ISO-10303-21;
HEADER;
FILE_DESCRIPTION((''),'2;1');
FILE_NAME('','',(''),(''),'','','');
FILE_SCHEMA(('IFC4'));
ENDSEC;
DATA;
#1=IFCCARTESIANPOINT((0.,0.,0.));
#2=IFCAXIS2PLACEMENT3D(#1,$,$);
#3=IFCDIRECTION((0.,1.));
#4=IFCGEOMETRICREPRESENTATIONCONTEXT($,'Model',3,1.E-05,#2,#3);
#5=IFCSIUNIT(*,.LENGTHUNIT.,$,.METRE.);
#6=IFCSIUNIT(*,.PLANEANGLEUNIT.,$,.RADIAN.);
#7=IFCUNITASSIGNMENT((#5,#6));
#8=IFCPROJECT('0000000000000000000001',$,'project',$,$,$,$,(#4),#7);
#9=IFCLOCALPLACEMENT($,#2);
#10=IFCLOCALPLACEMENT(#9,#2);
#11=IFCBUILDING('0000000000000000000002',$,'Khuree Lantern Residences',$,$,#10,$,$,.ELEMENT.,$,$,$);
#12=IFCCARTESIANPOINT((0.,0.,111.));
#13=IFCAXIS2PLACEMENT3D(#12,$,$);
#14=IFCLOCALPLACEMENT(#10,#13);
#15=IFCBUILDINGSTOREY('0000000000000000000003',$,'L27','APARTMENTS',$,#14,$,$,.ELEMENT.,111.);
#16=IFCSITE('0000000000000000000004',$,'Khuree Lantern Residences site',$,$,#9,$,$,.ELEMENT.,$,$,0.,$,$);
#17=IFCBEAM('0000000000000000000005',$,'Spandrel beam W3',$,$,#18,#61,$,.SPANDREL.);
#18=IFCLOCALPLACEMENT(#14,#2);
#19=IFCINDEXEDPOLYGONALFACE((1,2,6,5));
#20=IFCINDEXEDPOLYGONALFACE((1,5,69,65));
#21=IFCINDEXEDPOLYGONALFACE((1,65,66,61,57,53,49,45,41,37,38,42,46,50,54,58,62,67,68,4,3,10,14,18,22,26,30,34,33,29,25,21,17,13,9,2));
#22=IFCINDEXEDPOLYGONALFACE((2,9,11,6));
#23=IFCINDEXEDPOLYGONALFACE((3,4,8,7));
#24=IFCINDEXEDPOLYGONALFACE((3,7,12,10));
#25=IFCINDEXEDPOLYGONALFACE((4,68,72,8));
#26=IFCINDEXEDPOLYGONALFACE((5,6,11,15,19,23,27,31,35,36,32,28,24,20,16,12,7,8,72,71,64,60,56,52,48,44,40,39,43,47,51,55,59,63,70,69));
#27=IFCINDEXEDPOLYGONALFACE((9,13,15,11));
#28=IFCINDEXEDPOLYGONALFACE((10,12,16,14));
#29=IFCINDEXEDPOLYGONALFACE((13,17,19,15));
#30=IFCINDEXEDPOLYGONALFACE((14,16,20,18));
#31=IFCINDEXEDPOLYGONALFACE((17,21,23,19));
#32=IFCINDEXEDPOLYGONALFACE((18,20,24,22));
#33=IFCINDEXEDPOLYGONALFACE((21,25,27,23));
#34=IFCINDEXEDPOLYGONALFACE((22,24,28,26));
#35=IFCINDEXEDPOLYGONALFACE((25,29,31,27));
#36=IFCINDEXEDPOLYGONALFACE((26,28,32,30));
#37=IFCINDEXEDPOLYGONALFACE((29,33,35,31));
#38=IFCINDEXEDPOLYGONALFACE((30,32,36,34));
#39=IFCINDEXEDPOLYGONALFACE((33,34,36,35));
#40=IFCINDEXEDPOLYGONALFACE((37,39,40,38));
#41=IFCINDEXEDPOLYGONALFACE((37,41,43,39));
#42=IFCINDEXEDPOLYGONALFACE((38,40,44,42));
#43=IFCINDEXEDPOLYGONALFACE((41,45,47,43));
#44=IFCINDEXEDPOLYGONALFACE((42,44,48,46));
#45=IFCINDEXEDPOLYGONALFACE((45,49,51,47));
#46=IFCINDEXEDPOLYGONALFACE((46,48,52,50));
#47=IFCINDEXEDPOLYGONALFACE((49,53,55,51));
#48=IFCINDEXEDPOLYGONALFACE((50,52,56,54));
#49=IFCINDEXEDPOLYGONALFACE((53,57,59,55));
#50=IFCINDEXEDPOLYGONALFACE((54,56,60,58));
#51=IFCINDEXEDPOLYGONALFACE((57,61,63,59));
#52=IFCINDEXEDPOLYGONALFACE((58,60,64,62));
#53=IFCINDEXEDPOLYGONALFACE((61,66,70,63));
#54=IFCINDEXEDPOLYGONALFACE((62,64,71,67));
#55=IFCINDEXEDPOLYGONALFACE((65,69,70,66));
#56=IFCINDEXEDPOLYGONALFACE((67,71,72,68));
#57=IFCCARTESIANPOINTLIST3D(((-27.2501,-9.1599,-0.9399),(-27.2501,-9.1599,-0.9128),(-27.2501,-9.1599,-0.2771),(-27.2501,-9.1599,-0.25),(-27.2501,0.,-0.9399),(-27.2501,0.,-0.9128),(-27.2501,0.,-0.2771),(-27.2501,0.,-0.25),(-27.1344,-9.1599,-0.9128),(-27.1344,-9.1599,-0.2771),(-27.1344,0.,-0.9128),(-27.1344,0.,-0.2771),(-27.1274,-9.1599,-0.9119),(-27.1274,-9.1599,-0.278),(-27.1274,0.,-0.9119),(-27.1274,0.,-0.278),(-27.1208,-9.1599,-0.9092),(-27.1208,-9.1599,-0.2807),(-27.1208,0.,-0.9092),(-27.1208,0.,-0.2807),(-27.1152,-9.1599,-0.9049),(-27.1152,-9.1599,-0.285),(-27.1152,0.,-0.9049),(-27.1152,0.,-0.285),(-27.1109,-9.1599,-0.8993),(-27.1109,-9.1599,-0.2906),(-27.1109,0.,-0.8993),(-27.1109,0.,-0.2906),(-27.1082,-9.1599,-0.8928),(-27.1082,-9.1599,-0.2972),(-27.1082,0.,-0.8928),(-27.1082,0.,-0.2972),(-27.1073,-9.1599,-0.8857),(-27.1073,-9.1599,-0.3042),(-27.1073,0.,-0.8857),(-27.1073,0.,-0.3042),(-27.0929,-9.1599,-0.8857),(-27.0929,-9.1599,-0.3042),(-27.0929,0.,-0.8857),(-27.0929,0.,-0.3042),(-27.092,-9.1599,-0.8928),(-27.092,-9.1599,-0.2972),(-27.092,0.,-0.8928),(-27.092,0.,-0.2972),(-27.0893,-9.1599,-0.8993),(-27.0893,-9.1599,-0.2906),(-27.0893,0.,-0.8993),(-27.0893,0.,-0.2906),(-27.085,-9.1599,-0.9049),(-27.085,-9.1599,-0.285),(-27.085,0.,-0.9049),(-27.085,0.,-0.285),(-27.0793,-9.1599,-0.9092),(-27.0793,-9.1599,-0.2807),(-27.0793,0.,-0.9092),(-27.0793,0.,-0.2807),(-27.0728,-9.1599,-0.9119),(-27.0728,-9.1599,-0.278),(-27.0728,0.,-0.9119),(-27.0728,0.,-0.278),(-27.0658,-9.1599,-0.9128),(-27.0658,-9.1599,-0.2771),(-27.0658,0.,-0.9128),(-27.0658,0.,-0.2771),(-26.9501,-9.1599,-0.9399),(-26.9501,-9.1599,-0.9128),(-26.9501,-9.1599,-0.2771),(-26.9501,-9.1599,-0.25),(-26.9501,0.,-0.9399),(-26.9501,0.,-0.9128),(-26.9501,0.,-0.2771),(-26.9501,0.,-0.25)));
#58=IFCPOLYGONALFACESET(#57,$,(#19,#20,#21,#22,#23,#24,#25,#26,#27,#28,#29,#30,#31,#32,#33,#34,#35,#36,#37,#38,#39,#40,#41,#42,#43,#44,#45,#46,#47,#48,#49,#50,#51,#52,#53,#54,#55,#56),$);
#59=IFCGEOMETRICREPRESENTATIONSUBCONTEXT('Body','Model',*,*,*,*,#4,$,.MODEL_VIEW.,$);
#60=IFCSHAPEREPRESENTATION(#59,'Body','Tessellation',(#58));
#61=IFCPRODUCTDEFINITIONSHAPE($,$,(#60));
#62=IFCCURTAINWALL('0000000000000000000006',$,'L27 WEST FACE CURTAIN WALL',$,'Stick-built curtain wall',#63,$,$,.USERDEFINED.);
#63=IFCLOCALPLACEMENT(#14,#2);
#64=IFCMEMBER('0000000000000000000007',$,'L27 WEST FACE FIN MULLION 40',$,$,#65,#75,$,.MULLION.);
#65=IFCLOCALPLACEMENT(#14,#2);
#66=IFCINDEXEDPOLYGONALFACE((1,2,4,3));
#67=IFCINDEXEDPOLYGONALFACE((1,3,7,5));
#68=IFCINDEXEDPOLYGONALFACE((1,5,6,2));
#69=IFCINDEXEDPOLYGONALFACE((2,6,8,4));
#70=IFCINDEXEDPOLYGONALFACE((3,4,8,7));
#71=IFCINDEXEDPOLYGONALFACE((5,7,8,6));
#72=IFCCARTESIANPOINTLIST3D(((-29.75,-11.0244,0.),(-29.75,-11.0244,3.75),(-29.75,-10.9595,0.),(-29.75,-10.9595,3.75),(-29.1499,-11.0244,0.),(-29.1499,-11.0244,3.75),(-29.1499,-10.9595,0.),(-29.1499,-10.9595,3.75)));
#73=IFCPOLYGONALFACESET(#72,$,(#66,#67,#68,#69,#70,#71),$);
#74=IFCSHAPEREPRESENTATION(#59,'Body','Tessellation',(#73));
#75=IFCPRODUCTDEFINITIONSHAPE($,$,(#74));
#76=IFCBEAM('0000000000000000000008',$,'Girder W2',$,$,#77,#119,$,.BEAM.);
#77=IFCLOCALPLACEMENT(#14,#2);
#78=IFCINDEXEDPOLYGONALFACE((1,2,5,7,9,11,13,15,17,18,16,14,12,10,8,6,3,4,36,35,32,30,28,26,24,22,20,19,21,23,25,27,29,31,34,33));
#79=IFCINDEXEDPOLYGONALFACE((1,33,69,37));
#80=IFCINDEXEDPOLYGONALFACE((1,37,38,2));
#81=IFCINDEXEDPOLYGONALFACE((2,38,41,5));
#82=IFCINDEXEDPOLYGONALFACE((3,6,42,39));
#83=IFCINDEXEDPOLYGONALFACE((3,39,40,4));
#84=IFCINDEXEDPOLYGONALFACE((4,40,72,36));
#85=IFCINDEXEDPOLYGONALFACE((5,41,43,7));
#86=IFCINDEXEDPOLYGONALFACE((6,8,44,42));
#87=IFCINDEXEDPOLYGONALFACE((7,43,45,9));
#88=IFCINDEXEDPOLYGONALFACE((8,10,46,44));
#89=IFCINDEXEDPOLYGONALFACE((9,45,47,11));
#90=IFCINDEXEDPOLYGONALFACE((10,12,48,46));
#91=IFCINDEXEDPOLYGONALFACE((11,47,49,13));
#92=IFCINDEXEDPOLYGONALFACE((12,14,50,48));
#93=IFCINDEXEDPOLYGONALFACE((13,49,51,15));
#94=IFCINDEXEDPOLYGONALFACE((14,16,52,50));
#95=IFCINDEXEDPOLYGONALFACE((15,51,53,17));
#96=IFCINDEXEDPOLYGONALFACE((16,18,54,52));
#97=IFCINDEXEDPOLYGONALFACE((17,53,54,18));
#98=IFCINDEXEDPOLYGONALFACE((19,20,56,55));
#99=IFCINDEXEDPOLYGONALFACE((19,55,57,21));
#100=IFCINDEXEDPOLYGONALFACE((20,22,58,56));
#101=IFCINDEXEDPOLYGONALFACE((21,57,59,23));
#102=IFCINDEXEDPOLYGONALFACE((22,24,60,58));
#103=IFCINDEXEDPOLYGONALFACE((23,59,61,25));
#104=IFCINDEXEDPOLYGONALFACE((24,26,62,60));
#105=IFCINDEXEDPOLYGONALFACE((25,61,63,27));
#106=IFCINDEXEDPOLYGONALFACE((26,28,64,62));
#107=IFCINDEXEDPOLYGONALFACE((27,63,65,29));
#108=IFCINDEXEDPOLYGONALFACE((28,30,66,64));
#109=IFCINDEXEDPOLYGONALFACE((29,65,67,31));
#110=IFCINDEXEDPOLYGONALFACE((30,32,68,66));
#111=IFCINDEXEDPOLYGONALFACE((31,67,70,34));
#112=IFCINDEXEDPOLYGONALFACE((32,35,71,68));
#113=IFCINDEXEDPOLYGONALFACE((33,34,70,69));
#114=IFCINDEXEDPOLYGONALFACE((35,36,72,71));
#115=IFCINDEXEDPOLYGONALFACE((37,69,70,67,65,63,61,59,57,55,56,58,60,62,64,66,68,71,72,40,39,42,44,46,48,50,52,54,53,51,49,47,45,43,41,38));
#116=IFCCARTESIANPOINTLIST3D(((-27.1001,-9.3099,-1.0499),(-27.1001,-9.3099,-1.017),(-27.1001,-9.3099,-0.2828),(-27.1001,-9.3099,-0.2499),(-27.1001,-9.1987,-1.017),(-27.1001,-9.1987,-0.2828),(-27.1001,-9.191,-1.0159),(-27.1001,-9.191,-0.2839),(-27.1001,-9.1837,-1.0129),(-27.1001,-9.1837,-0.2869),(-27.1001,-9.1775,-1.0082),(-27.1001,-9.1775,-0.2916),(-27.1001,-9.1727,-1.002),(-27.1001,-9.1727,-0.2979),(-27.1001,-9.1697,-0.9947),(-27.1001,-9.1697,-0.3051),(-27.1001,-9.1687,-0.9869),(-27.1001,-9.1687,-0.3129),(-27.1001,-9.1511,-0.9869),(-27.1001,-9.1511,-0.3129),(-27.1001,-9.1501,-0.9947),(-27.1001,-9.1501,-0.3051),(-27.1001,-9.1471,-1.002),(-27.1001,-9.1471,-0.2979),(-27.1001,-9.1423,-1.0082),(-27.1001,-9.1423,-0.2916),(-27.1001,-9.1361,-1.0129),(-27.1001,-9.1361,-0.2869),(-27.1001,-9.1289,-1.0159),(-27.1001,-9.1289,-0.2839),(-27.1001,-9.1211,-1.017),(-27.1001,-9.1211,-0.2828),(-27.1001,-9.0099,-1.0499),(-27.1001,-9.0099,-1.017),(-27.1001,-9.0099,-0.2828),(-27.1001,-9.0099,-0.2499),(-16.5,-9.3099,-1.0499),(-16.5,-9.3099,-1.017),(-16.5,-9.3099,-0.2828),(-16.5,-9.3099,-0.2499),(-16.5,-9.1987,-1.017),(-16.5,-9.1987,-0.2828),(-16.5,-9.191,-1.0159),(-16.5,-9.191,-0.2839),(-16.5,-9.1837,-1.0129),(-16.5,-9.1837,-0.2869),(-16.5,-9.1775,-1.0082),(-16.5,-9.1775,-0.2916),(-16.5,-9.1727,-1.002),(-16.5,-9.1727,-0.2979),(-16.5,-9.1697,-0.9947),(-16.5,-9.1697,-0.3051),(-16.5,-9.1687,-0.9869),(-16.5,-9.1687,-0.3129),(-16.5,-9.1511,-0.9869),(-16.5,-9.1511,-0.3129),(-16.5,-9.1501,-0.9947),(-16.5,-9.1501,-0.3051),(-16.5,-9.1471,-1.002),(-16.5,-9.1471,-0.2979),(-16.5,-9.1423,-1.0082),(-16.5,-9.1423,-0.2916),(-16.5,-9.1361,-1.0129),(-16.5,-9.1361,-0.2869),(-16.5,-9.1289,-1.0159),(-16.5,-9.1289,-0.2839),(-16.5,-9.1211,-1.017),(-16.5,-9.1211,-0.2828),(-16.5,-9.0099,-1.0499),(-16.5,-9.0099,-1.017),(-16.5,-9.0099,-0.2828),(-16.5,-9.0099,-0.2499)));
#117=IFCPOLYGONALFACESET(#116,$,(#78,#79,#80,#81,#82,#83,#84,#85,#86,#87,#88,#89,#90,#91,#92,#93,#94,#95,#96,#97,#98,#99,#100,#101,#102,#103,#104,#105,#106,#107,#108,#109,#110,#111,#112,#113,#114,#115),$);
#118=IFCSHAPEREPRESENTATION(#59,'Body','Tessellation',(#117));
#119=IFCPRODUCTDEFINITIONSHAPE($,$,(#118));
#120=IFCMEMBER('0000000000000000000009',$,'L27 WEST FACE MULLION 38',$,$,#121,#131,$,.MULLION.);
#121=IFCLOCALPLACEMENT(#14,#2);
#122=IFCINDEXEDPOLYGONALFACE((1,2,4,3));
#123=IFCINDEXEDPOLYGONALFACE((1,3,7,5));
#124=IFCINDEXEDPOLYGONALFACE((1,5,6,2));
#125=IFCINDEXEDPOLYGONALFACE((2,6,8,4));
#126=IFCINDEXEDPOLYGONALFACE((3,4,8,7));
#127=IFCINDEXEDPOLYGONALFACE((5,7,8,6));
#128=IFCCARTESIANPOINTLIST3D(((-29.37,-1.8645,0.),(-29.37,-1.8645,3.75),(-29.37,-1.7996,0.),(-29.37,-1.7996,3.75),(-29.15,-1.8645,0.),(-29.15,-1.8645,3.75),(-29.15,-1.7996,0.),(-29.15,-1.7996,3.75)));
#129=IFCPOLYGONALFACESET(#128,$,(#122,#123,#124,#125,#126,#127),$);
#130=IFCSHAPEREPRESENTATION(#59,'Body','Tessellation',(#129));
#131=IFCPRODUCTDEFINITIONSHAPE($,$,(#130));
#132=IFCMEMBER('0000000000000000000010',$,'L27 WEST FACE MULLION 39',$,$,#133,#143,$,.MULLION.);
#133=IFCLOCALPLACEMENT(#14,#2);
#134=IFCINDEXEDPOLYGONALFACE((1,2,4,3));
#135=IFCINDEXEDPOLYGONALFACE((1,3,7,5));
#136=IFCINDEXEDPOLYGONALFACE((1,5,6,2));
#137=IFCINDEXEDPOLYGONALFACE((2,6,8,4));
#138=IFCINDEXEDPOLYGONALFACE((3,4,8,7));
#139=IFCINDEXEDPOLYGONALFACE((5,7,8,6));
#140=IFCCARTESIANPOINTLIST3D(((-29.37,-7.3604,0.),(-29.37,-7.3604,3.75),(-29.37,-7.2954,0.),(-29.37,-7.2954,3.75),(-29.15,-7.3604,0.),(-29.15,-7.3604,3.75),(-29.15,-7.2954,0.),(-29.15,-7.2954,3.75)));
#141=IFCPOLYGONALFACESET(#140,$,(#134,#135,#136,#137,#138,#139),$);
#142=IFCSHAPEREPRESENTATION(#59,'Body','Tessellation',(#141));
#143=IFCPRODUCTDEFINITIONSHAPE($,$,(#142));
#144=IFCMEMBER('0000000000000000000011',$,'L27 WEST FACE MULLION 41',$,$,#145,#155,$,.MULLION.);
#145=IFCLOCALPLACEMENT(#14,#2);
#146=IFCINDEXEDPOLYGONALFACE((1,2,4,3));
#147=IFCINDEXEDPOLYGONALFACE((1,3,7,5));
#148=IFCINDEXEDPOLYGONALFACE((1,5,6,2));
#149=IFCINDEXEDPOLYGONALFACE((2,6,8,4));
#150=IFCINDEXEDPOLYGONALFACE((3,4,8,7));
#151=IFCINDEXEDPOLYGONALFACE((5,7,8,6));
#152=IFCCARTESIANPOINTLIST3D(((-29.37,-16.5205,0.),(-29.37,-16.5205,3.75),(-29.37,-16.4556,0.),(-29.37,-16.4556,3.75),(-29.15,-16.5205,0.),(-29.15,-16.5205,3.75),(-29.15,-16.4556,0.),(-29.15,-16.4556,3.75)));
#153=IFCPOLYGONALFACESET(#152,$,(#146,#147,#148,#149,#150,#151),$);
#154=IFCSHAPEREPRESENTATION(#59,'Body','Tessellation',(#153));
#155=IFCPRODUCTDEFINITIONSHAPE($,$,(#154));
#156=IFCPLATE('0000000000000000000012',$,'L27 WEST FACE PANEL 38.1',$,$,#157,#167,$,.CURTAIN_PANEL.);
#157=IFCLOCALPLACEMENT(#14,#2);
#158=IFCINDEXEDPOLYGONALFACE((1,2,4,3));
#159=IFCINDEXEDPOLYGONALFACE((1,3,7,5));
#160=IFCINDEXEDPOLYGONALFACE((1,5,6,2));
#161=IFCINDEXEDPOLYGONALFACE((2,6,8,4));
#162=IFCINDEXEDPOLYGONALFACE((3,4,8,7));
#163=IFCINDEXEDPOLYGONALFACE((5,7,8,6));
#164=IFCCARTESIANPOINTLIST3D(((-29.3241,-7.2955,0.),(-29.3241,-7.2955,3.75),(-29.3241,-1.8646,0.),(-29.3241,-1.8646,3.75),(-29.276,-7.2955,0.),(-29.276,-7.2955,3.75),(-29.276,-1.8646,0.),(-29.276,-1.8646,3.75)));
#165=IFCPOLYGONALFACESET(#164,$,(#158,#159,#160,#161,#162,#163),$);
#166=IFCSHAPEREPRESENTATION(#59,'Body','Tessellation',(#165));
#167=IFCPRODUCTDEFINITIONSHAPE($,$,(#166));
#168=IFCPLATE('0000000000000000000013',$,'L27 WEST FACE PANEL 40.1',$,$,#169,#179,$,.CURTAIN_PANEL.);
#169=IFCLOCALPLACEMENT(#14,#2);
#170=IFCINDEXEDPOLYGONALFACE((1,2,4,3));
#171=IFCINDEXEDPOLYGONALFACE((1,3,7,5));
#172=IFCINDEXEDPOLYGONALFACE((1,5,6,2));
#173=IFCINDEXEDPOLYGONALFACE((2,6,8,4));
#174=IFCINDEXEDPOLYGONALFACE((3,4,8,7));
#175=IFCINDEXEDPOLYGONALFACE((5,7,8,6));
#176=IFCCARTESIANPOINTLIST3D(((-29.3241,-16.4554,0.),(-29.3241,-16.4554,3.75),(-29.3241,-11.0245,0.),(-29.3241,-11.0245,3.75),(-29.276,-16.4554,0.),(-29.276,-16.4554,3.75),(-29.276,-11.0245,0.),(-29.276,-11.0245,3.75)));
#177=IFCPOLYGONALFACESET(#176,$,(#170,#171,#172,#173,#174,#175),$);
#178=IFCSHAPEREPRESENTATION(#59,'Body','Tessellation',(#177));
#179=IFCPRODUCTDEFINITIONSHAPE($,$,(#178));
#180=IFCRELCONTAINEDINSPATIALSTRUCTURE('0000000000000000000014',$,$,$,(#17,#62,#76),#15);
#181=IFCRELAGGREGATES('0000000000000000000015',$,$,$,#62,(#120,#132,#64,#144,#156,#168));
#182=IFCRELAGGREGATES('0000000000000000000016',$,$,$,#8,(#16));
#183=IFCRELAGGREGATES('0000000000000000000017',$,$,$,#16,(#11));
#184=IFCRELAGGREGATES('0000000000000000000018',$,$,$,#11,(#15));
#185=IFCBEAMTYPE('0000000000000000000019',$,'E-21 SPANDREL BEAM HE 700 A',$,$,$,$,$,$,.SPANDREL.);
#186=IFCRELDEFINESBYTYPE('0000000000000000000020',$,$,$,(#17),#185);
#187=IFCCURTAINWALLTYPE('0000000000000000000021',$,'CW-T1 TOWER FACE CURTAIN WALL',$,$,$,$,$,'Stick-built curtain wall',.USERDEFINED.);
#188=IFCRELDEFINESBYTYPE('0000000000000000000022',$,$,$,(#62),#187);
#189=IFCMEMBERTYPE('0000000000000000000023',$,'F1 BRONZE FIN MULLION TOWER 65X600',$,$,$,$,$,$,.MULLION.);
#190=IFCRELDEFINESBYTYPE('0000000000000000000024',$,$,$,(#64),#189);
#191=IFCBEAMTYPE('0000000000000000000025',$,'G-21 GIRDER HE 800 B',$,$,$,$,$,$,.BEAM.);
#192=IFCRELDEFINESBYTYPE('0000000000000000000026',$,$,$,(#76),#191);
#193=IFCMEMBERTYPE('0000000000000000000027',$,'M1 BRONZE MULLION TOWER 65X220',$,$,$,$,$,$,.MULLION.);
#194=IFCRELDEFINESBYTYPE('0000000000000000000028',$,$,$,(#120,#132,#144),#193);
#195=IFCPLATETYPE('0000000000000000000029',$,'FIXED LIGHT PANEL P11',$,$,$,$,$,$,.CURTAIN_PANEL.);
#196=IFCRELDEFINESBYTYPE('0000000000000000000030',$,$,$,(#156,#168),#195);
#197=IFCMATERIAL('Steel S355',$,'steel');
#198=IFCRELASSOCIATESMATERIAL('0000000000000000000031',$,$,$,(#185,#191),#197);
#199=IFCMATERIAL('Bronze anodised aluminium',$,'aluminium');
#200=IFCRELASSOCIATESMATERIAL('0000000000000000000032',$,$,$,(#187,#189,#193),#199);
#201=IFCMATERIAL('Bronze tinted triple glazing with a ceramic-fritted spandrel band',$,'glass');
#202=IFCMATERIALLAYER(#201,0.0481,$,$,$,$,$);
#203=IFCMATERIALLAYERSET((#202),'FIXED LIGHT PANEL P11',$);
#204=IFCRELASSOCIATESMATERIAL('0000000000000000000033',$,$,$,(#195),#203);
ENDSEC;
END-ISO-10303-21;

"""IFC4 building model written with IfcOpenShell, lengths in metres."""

from ifc_helpers import new_model, si_unit, direction, frame, origin, origin_2d, place, context, subcontext, project, spatial, rectangle, i_section, extrude, material, layer, layer_set, material_profile, profile_set, type_object, element, aggregate, save


model = new_model("IFC4")

# Units and contexts
model_context = context("Model", 3, precision=1e-05, world=origin(), true_north=direction((0.0, 1.0)))
body_context = subcontext(model_context, "Body", "Model", "MODEL_VIEW")
ifc_project = project(units=[si_unit("LENGTHUNIT", "METRE"), si_unit("PLANEANGLEUNIT", "RADIAN")], contexts=[model_context])

# Site, building, storey
site_placement = place(None, origin())
site = spatial("IfcSite", under=ifc_project, at=site_placement, Name="Khuree Lantern Residences site", CompositionType="ELEMENT", RefElevation=0.0)
building_placement = place(site_placement, origin())
building = spatial("IfcBuilding", under=site, at=building_placement, Name="Khuree Lantern Residences", CompositionType="ELEMENT")
storey_placement = place(building_placement, frame((0.0, 0.0, 111.0)))
storey = spatial("IfcBuildingStorey", under=building, at=storey_placement, Name="L27", Description="APARTMENTS", CompositionType="ELEMENT", Elevation=111.0)

# Beam
ifc_material_1 = material(Name="Steel S355", Category="steel")
ifc_material_profile_1 = material_profile(ifc_material_1, i_section(OverallWidth=0.3, OverallDepth=0.6899, WebThickness=0.0144, FlangeThickness=0.0271, FilletRadius=0.0271, at=origin_2d()), Name="HE 700 A")
ifc_profile_set_1 = profile_set([ifc_material_profile_1], Name="Steel S355")
beam_type_1 = type_object("IfcBeamType", Name="E-21 SPANDREL BEAM HE 700 A", PredefinedType="SPANDREL", material=ifc_profile_set_1)
beam_1_placement = place(storey_placement, frame((-27.1001, -9.1599, -0.595), z_axis=(0.0, 1.0, 0.0), x_axis=(-1.0, 0.0, 0.0)))
element("IfcBeam", 1, at=beam_1_placement, inside=storey, type_object=beam_type_1, Name="Spandrel beam W3", PredefinedType="SPANDREL", context=body_context, shape_type="SweptSolid", body=[
    extrude(i_section(OverallWidth=0.3, OverallDepth=0.6899, WebThickness=0.0144, FlangeThickness=0.0271, FilletRadius=0.0271, at=origin_2d()), origin(), (0.0, 0.0, 1.0), 9.1599),
])

# Curtain wall, member
ifc_material_2 = material(Name="Bronze anodised aluminium", Category="aluminium")
curtain_wall_type = type_object("IfcCurtainWallType", Name="CW-T1 TOWER FACE CURTAIN WALL", ElementType="Stick-built curtain wall", PredefinedType="USERDEFINED", material=ifc_material_2)
curtain_wall_placement = place(storey_placement, origin())
curtain_wall = element("IfcCurtainWall", 2, at=curtain_wall_placement, inside=storey, type_object=curtain_wall_type, Name="L27 WEST FACE CURTAIN WALL", ObjectType="Stick-built curtain wall", PredefinedType="USERDEFINED")
ifc_material_profile_2 = material_profile(ifc_material_2, rectangle(XDim=0.0649, YDim=0.6001, at=origin_2d()), Name="F1 65X600")
ifc_profile_set_2 = profile_set([ifc_material_profile_2], Name="Bronze anodised aluminium")
member_type_1 = type_object("IfcMemberType", Name="F1 BRONZE FIN MULLION TOWER 65X600", PredefinedType="MULLION", material=ifc_profile_set_2)
member_1_placement = place(storey_placement, frame((-29.45, -10.9919, 0.0), z_axis=(0.0, 0.0, 1.0), x_axis=(0.0, -1.0, 0.0)))
member_1 = element("IfcMember", 3, at=member_1_placement, type_object=member_type_1, Name="L27 WEST FACE FIN MULLION 40", PredefinedType="MULLION", context=body_context, shape_type="SweptSolid", body=[
    extrude(rectangle(XDim=0.0649, YDim=0.6001, at=origin_2d()), origin(), (0.0, 0.0, 1.0), 3.75),
])

# Beam
ifc_material_profile_3 = material_profile(ifc_material_1, i_section(OverallWidth=0.3, OverallDepth=0.8, WebThickness=0.0176, FlangeThickness=0.033, FilletRadius=0.03, at=origin_2d()), Name="HE 800 B")
ifc_profile_set_3 = profile_set([ifc_material_profile_3], Name="Steel S355")
beam_type_2 = type_object("IfcBeamType", Name="G-21 GIRDER HE 800 B", PredefinedType="BEAM", material=ifc_profile_set_3)
beam_2_placement = place(storey_placement, frame((-27.1001, -9.1599, -0.6499), z_axis=(1.0, 0.0, 0.0), x_axis=(0.0, 1.0, 0.0)))
element("IfcBeam", 4, at=beam_2_placement, inside=storey, type_object=beam_type_2, Name="Girder W2", PredefinedType="BEAM", context=body_context, shape_type="SweptSolid", body=[
    extrude(i_section(OverallWidth=0.3, OverallDepth=0.8, WebThickness=0.0176, FlangeThickness=0.033, FilletRadius=0.03, at=origin_2d()), origin(), (0.0, 0.0, 1.0), 10.6001),
])

# Members
ifc_material_profile_4 = material_profile(ifc_material_2, rectangle(XDim=0.0649, YDim=0.22, at=origin_2d()), Name="M1 65X220")
ifc_profile_set_4 = profile_set([ifc_material_profile_4], Name="Bronze anodised aluminium")
member_type_2 = type_object("IfcMemberType", Name="M1 BRONZE MULLION TOWER 65X220", PredefinedType="MULLION", material=ifc_profile_set_4)
member_2_placement = place(storey_placement, frame((-29.26, -1.832, 0.0), z_axis=(0.0, 0.0, 1.0), x_axis=(0.0, -1.0, 0.0)))
member_2 = element("IfcMember", 5, at=member_2_placement, type_object=member_type_2, Name="L27 WEST FACE MULLION 38", PredefinedType="MULLION", context=body_context, shape_type="SweptSolid", body=[
    extrude(rectangle(XDim=0.0649, YDim=0.22, at=origin_2d()), origin(), (0.0, 0.0, 1.0), 3.75),
])
member_3_placement = place(storey_placement, frame((-29.26, -7.3279, 0.0), z_axis=(0.0, 0.0, 1.0), x_axis=(0.0, -1.0, 0.0)))
member_3 = element("IfcMember", 6, at=member_3_placement, type_object=member_type_2, Name="L27 WEST FACE MULLION 39", PredefinedType="MULLION", context=body_context, shape_type="SweptSolid", body=[
    extrude(rectangle(XDim=0.0649, YDim=0.22, at=origin_2d()), origin(), (0.0, 0.0, 1.0), 3.75),
])
member_4_placement = place(storey_placement, frame((-29.26, -16.488, 0.0), z_axis=(0.0, 0.0, 1.0), x_axis=(0.0, -1.0, 0.0)))
member_4 = element("IfcMember", 7, at=member_4_placement, type_object=member_type_2, Name="L27 WEST FACE MULLION 41", PredefinedType="MULLION", context=body_context, shape_type="SweptSolid", body=[
    extrude(rectangle(XDim=0.0649, YDim=0.22, at=origin_2d()), origin(), (0.0, 0.0, 1.0), 3.75),
])

# Plates
ifc_material_3 = material(Name="Bronze tinted triple glazing with a ceramic-fritted spandrel band", Category="glass")
ifc_layer_1 = layer(ifc_material_3, 0.0481)
ifc_layer_set_1 = layer_set([ifc_layer_1], Name="FIXED LIGHT PANEL P11")
plate_type_1 = type_object("IfcPlateType", Name="FIXED LIGHT PANEL P11", PredefinedType="CURTAIN_PANEL", material=ifc_layer_set_1)
plate_1_placement = place(storey_placement, frame((-29.3, -4.5801, 0.0), z_axis=(0.0, 0.0, 1.0), x_axis=(0.0, -1.0, 0.0)))
plate_1 = element("IfcPlate", 8, at=plate_1_placement, type_object=plate_type_1, Name="L27 WEST FACE PANEL 38.1", PredefinedType="CURTAIN_PANEL", context=body_context, shape_type="SweptSolid", body=[
    extrude(rectangle(XDim=5.4309, YDim=0.0481, at=origin_2d()), origin(), (0.0, 0.0, 1.0), 3.75),
])
plate_2_placement = place(storey_placement, frame((-29.3, -13.74, 0.0), z_axis=(0.0, 0.0, 1.0), x_axis=(0.0, -1.0, 0.0)))
plate_2 = element("IfcPlate", 9, at=plate_2_placement, type_object=plate_type_1, Name="L27 WEST FACE PANEL 40.1", PredefinedType="CURTAIN_PANEL", context=body_context, shape_type="SweptSolid", body=[
    extrude(rectangle(XDim=5.4309, YDim=0.0481, at=origin_2d()), origin(), (0.0, 0.0, 1.0), 3.75),
])
aggregate(curtain_wall, [member_2, member_3, member_1, member_4, plate_1, plate_2])

save(model, "model.ifc")
